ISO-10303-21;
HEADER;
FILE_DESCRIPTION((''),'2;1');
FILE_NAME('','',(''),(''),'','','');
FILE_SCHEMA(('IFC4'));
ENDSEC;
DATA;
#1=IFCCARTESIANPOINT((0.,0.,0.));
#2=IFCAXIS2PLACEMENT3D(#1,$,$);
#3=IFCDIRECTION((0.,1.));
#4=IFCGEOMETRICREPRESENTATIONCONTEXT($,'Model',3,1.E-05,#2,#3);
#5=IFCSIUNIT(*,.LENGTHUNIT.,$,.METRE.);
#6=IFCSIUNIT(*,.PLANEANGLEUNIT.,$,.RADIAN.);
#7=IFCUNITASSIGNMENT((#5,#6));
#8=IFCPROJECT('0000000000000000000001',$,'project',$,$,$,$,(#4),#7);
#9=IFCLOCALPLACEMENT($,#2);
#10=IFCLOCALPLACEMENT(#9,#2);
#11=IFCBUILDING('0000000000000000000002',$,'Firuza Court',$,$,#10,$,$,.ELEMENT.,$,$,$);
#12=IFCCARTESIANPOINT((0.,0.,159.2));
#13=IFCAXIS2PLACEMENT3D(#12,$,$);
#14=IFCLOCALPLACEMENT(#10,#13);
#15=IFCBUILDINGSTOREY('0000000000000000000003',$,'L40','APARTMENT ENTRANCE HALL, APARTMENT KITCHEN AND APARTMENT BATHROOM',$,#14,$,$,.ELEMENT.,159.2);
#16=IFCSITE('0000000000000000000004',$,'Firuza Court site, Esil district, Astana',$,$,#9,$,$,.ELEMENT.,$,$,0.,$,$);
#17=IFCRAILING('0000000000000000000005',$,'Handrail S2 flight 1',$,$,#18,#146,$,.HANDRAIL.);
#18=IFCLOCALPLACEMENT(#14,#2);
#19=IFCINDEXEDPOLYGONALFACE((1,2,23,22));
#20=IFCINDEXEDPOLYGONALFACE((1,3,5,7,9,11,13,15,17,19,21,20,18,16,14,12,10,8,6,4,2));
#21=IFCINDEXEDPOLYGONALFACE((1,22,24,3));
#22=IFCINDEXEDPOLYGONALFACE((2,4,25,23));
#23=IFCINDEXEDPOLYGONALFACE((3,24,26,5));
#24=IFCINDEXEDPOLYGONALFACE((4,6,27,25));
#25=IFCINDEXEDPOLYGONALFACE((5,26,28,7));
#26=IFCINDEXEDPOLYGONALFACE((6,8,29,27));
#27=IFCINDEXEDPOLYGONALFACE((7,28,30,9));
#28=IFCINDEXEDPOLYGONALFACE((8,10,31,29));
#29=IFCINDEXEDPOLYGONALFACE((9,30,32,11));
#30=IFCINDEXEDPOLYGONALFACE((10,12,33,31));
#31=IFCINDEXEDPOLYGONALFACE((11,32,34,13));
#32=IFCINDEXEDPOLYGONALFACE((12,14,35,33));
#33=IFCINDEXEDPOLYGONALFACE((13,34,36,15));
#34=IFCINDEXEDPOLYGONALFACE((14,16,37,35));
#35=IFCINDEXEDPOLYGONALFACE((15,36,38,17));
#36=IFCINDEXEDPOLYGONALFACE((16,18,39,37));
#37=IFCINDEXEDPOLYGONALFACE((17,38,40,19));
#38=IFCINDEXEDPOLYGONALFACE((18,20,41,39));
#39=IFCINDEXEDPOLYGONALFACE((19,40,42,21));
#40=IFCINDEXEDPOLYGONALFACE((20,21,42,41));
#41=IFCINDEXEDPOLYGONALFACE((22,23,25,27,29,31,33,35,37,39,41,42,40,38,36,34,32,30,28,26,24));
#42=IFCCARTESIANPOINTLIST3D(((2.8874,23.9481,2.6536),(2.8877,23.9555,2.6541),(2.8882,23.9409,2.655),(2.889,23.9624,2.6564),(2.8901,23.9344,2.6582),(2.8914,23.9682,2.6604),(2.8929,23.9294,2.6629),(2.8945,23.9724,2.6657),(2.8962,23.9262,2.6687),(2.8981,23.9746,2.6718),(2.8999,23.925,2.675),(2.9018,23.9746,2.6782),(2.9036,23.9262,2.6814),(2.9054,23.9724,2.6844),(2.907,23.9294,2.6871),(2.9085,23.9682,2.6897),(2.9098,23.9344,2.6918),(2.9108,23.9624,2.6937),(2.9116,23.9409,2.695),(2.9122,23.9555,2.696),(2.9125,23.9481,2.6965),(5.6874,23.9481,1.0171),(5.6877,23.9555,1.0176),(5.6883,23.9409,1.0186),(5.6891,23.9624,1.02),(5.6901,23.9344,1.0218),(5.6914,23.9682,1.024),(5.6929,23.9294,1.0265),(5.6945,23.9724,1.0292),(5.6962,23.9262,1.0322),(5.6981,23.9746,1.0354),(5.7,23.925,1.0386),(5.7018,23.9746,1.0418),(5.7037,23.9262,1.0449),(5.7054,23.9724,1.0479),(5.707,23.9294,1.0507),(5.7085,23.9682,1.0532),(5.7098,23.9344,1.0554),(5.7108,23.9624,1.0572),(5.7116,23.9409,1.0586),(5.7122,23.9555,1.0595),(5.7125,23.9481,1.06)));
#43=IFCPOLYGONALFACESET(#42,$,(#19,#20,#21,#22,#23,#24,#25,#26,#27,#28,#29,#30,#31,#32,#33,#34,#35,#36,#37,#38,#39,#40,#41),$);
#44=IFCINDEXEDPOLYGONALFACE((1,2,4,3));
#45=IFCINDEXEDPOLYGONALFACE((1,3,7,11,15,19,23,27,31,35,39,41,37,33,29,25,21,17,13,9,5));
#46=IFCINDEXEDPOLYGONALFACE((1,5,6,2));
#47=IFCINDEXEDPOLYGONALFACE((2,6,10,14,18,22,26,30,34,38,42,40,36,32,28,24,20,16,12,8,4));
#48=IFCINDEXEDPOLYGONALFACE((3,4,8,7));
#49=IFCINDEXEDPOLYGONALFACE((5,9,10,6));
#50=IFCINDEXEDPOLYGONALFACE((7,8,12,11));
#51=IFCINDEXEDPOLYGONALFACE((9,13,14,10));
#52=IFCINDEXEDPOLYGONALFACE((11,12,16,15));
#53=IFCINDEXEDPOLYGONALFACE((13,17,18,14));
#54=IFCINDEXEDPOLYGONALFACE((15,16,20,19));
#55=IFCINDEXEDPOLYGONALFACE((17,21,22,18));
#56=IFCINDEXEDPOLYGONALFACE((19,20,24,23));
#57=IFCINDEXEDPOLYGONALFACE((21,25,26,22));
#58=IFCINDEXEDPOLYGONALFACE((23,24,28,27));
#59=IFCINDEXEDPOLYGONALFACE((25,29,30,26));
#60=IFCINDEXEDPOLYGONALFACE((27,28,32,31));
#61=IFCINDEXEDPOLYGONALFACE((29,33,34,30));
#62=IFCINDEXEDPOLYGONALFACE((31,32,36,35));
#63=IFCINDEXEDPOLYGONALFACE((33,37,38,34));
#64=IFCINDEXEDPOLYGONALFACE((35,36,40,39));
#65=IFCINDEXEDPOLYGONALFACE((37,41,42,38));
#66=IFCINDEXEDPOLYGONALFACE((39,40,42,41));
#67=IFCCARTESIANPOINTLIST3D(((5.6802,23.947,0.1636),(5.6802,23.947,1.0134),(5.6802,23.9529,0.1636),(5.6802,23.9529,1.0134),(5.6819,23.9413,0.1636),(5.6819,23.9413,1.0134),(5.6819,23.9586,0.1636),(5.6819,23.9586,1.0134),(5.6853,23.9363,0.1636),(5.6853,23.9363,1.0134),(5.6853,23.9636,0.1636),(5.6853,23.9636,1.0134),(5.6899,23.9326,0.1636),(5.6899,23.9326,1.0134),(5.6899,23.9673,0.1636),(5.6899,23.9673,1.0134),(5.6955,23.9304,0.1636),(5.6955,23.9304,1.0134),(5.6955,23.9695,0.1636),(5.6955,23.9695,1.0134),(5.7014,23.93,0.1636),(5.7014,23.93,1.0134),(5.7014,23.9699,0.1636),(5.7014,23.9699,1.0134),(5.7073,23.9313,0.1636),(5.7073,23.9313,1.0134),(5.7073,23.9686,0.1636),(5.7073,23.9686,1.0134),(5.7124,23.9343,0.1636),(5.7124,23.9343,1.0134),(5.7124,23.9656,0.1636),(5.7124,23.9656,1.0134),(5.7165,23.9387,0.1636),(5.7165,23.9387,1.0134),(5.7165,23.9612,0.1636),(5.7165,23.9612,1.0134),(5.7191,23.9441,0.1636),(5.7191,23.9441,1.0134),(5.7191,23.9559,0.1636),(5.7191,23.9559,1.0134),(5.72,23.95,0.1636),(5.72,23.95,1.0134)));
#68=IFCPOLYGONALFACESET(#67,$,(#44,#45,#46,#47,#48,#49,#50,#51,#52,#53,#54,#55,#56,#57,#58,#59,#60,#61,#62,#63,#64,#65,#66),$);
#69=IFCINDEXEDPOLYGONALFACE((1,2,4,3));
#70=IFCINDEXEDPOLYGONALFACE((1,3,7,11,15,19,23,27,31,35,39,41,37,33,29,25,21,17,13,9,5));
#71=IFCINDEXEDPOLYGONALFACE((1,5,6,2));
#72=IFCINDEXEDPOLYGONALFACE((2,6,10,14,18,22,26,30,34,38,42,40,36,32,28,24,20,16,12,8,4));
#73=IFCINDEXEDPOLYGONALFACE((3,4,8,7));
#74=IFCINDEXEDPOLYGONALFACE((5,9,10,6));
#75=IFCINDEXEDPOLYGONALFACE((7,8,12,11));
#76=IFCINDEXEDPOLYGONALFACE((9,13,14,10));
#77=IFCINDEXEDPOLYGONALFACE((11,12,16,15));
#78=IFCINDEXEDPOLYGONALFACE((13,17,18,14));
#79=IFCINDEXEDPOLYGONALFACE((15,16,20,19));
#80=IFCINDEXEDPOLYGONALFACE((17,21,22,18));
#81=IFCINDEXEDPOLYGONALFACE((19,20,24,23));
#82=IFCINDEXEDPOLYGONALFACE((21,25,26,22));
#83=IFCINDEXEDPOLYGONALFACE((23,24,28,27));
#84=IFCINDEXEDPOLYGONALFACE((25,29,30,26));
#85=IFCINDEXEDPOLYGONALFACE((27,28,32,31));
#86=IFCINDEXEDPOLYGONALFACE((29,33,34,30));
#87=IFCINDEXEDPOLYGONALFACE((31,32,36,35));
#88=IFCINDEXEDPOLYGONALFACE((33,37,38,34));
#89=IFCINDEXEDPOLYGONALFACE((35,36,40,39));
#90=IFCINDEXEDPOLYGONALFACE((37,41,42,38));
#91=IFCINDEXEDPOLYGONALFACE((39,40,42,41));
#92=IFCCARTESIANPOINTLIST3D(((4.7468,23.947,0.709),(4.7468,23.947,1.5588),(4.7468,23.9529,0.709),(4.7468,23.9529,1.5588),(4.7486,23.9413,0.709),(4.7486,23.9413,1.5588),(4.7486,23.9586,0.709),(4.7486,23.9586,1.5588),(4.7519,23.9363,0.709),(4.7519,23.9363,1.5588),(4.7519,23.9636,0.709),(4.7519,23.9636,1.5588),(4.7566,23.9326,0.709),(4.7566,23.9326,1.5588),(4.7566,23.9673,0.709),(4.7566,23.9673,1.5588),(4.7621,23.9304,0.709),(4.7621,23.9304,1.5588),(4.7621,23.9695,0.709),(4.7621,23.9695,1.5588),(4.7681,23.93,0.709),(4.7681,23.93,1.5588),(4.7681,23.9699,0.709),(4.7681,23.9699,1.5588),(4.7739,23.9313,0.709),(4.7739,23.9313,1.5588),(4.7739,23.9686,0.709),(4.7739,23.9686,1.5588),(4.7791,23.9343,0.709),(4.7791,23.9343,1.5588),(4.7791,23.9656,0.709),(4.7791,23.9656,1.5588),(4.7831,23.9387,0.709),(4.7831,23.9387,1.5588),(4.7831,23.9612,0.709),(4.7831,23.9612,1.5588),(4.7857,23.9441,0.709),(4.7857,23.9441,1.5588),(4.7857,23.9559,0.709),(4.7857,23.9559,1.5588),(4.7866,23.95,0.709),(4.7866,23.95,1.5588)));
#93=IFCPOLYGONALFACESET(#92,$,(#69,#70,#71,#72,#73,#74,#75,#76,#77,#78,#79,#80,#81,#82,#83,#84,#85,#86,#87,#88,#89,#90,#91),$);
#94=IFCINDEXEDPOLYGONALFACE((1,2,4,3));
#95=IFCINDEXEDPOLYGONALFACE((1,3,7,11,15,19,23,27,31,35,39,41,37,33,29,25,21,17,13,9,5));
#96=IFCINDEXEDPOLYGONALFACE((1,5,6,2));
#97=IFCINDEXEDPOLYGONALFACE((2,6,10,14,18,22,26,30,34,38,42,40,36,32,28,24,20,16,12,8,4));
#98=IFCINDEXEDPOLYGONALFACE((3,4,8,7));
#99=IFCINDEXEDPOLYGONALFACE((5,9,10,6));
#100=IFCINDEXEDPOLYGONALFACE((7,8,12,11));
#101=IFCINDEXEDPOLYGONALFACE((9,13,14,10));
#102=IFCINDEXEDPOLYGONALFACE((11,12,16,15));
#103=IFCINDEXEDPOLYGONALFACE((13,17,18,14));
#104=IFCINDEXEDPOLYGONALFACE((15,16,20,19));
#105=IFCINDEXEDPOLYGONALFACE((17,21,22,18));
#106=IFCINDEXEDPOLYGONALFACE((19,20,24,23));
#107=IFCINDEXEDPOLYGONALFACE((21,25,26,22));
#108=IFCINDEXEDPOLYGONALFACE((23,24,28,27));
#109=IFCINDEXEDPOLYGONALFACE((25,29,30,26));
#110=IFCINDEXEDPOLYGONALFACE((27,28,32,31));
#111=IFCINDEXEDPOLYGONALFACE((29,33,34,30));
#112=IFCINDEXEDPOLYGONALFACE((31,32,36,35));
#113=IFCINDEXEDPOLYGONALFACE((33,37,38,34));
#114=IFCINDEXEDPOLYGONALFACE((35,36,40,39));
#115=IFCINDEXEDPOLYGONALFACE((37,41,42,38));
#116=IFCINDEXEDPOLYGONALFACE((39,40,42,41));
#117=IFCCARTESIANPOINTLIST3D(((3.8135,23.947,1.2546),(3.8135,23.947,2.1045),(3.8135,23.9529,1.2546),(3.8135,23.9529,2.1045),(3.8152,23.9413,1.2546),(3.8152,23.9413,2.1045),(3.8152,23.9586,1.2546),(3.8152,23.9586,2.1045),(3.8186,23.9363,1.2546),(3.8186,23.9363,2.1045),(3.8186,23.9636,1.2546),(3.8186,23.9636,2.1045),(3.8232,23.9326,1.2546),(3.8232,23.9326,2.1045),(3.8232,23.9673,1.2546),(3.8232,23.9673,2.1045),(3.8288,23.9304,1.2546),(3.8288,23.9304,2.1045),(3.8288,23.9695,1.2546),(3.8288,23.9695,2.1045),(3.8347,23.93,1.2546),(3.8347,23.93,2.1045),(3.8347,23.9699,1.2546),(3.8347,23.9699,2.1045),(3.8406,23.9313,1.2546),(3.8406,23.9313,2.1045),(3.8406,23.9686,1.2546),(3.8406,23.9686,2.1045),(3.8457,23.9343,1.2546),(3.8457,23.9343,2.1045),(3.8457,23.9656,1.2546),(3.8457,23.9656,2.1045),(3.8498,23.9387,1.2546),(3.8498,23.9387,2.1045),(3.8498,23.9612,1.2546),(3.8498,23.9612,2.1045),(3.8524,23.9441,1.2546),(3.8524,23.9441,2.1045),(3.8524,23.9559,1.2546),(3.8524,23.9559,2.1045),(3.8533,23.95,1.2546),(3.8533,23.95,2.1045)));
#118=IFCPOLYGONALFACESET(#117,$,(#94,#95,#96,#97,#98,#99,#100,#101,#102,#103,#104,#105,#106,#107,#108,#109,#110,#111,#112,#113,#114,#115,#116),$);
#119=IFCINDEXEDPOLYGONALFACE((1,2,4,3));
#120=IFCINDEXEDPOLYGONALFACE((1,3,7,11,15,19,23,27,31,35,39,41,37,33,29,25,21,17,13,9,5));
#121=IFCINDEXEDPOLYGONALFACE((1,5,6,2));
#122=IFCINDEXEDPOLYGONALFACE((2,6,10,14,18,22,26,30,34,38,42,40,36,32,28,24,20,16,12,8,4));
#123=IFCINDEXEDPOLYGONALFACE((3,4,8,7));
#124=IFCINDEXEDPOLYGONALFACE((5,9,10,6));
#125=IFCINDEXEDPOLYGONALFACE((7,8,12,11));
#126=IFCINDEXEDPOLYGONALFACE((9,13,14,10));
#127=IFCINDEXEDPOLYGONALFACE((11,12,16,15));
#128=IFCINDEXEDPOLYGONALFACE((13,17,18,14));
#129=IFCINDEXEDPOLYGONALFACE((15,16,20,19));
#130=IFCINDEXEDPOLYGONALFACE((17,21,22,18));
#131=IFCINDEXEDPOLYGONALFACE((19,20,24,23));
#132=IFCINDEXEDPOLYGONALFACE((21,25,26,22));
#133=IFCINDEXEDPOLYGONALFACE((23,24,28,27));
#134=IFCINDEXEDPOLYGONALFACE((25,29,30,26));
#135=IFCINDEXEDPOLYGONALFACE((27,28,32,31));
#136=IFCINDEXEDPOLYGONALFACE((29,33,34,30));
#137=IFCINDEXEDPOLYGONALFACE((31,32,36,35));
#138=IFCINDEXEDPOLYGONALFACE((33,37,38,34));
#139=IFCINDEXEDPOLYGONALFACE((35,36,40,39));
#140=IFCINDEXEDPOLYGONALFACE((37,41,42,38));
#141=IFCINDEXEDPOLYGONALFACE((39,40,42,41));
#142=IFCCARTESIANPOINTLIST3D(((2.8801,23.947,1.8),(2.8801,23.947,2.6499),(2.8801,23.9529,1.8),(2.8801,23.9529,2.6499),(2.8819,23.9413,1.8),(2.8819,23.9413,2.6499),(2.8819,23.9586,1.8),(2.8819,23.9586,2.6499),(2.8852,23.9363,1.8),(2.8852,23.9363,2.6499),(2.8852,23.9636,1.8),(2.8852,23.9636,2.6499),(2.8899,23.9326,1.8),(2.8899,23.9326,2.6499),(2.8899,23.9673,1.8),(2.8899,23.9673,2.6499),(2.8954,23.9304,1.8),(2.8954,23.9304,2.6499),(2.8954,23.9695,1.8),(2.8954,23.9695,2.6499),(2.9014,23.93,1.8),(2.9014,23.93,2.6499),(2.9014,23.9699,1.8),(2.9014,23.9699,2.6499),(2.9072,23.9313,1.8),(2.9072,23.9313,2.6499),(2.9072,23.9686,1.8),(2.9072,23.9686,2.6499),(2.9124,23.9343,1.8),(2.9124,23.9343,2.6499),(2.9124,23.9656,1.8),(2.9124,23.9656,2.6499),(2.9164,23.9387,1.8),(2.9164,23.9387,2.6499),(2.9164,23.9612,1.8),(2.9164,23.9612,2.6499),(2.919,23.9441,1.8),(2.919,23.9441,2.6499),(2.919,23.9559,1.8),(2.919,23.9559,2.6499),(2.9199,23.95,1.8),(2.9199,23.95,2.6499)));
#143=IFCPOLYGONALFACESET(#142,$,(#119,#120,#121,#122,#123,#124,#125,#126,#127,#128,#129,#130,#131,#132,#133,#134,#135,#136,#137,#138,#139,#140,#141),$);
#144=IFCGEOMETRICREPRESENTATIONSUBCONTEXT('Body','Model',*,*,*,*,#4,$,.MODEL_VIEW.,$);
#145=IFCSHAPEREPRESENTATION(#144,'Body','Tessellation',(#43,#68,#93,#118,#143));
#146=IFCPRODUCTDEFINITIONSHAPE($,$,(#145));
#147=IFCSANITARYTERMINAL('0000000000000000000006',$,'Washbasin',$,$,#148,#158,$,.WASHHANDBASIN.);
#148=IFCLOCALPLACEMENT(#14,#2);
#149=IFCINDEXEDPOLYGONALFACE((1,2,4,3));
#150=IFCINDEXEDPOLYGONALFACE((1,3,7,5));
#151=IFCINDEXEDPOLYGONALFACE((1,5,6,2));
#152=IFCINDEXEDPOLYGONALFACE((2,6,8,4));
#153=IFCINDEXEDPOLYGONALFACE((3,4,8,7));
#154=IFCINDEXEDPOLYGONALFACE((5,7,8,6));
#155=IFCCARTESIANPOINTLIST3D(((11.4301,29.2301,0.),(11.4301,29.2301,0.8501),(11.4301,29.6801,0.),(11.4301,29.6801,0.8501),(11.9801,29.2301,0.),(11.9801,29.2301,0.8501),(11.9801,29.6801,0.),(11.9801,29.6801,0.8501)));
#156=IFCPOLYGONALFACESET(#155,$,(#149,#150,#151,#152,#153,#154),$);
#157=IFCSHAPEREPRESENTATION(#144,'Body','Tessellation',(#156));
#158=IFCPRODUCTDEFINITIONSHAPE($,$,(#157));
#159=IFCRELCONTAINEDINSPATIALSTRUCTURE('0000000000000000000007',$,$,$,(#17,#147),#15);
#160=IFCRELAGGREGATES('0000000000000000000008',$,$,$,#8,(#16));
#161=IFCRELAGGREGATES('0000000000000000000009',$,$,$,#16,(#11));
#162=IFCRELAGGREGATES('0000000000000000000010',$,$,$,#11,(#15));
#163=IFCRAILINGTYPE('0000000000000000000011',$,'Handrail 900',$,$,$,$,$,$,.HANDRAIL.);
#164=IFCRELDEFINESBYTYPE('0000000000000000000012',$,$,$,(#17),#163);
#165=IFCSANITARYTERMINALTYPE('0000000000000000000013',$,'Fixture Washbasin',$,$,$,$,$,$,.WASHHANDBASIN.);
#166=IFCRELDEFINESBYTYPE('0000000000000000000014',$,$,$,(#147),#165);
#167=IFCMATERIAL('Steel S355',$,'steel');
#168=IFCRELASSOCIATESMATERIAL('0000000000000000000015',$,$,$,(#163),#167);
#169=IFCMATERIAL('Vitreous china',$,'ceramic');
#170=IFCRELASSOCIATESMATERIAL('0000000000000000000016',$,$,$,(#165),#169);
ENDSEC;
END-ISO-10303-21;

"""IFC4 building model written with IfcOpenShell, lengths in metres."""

from ifc_helpers import new_model, si_unit, direction, frame, origin, origin_2d, place, context, subcontext, project, spatial, rectangle, circle, extrude, material, type_object, element, save


model = new_model("IFC4")

# Units and contexts
model_context = context("Model", 3, precision=1e-05, world=origin(), true_north=direction((0.0, 1.0)))
body_context = subcontext(model_context, "Body", "Model", "MODEL_VIEW")
ifc_project = project(units=[si_unit("LENGTHUNIT", "METRE"), si_unit("PLANEANGLEUNIT", "RADIAN")], contexts=[model_context])

# Site, building, storey
site_placement = place(None, origin())
site = spatial("IfcSite", under=ifc_project, at=site_placement, Name="Firuza Court site, Esil district, Astana", CompositionType="ELEMENT", RefElevation=0.0)
building_placement = place(site_placement, origin())
building = spatial("IfcBuilding", under=site, at=building_placement, Name="Firuza Court", CompositionType="ELEMENT")
storey_placement = place(building_placement, frame((0.0, 0.0, 159.2)))
storey = spatial("IfcBuildingStorey", under=building, at=storey_placement, Name="L40", Description="APARTMENT ENTRANCE HALL, APARTMENT KITCHEN AND APARTMENT BATHROOM", CompositionType="ELEMENT", Elevation=159.2)

# Railing
ifc_material_1 = material(Name="Steel S355", Category="steel")
railing_type_1 = type_object("IfcRailingType", Name="Handrail 900", PredefinedType="HANDRAIL", material=ifc_material_1)
railing_1_placement = place(storey_placement, frame((5.7, 23.95, 0.1636)))
element("IfcRailing", 1, at=railing_1_placement, inside=storey, type_object=railing_type_1, Name="Handrail S2 flight 1", PredefinedType="HANDRAIL", context=body_context, shape_type="SweptSolid", body=[
    extrude(circle(Radius=0.0249, at=origin_2d()), frame((0.0, 0.0, 0.875), z_axis=(-0.863361, 0.0, 0.504587), x_axis=(0.0, -1.0, 0.0)), (0.0, 0.0, 1.0), 3.2432),
    extrude(circle(Radius=0.02, at=origin_2d()), origin(), (0.0, 0.0, 1.0), 0.8499),
    extrude(circle(Radius=0.02, at=origin_2d()), frame((-0.9333, 0.0, 0.5454)), (0.0, 0.0, 1.0), 0.8499),
    extrude(circle(Radius=0.02, at=origin_2d()), frame((-1.8667, 0.0, 1.0911)), (0.0, 0.0, 1.0), 0.8499),
    extrude(circle(Radius=0.02, at=origin_2d()), frame((-2.8, 0.0, 1.6365)), (0.0, 0.0, 1.0), 0.8499),
])

# Sanitary terminal
ifc_material_2 = material(Name="Vitreous china", Category="ceramic")
sanitary_terminal_type = type_object("IfcSanitaryTerminalType", Name="Fixture Washbasin", PredefinedType="WASHHANDBASIN", material=ifc_material_2)
sanitary_terminal_placement = place(storey_placement, frame((11.7051, 29.4551, 0.0), z_axis=(0.0, 0.0, 1.0), x_axis=(1.0, 0.0, 0.0)))
element("IfcSanitaryTerminal", 2, at=sanitary_terminal_placement, inside=storey, type_object=sanitary_terminal_type, Name="Washbasin", PredefinedType="WASHHANDBASIN", context=body_context, shape_type="SweptSolid", body=[
    extrude(rectangle(XDim=0.55, YDim=0.45, at=origin_2d()), origin(), (0.0, 0.0, 1.0), 0.8501),
])

save(model, "model.ifc")
